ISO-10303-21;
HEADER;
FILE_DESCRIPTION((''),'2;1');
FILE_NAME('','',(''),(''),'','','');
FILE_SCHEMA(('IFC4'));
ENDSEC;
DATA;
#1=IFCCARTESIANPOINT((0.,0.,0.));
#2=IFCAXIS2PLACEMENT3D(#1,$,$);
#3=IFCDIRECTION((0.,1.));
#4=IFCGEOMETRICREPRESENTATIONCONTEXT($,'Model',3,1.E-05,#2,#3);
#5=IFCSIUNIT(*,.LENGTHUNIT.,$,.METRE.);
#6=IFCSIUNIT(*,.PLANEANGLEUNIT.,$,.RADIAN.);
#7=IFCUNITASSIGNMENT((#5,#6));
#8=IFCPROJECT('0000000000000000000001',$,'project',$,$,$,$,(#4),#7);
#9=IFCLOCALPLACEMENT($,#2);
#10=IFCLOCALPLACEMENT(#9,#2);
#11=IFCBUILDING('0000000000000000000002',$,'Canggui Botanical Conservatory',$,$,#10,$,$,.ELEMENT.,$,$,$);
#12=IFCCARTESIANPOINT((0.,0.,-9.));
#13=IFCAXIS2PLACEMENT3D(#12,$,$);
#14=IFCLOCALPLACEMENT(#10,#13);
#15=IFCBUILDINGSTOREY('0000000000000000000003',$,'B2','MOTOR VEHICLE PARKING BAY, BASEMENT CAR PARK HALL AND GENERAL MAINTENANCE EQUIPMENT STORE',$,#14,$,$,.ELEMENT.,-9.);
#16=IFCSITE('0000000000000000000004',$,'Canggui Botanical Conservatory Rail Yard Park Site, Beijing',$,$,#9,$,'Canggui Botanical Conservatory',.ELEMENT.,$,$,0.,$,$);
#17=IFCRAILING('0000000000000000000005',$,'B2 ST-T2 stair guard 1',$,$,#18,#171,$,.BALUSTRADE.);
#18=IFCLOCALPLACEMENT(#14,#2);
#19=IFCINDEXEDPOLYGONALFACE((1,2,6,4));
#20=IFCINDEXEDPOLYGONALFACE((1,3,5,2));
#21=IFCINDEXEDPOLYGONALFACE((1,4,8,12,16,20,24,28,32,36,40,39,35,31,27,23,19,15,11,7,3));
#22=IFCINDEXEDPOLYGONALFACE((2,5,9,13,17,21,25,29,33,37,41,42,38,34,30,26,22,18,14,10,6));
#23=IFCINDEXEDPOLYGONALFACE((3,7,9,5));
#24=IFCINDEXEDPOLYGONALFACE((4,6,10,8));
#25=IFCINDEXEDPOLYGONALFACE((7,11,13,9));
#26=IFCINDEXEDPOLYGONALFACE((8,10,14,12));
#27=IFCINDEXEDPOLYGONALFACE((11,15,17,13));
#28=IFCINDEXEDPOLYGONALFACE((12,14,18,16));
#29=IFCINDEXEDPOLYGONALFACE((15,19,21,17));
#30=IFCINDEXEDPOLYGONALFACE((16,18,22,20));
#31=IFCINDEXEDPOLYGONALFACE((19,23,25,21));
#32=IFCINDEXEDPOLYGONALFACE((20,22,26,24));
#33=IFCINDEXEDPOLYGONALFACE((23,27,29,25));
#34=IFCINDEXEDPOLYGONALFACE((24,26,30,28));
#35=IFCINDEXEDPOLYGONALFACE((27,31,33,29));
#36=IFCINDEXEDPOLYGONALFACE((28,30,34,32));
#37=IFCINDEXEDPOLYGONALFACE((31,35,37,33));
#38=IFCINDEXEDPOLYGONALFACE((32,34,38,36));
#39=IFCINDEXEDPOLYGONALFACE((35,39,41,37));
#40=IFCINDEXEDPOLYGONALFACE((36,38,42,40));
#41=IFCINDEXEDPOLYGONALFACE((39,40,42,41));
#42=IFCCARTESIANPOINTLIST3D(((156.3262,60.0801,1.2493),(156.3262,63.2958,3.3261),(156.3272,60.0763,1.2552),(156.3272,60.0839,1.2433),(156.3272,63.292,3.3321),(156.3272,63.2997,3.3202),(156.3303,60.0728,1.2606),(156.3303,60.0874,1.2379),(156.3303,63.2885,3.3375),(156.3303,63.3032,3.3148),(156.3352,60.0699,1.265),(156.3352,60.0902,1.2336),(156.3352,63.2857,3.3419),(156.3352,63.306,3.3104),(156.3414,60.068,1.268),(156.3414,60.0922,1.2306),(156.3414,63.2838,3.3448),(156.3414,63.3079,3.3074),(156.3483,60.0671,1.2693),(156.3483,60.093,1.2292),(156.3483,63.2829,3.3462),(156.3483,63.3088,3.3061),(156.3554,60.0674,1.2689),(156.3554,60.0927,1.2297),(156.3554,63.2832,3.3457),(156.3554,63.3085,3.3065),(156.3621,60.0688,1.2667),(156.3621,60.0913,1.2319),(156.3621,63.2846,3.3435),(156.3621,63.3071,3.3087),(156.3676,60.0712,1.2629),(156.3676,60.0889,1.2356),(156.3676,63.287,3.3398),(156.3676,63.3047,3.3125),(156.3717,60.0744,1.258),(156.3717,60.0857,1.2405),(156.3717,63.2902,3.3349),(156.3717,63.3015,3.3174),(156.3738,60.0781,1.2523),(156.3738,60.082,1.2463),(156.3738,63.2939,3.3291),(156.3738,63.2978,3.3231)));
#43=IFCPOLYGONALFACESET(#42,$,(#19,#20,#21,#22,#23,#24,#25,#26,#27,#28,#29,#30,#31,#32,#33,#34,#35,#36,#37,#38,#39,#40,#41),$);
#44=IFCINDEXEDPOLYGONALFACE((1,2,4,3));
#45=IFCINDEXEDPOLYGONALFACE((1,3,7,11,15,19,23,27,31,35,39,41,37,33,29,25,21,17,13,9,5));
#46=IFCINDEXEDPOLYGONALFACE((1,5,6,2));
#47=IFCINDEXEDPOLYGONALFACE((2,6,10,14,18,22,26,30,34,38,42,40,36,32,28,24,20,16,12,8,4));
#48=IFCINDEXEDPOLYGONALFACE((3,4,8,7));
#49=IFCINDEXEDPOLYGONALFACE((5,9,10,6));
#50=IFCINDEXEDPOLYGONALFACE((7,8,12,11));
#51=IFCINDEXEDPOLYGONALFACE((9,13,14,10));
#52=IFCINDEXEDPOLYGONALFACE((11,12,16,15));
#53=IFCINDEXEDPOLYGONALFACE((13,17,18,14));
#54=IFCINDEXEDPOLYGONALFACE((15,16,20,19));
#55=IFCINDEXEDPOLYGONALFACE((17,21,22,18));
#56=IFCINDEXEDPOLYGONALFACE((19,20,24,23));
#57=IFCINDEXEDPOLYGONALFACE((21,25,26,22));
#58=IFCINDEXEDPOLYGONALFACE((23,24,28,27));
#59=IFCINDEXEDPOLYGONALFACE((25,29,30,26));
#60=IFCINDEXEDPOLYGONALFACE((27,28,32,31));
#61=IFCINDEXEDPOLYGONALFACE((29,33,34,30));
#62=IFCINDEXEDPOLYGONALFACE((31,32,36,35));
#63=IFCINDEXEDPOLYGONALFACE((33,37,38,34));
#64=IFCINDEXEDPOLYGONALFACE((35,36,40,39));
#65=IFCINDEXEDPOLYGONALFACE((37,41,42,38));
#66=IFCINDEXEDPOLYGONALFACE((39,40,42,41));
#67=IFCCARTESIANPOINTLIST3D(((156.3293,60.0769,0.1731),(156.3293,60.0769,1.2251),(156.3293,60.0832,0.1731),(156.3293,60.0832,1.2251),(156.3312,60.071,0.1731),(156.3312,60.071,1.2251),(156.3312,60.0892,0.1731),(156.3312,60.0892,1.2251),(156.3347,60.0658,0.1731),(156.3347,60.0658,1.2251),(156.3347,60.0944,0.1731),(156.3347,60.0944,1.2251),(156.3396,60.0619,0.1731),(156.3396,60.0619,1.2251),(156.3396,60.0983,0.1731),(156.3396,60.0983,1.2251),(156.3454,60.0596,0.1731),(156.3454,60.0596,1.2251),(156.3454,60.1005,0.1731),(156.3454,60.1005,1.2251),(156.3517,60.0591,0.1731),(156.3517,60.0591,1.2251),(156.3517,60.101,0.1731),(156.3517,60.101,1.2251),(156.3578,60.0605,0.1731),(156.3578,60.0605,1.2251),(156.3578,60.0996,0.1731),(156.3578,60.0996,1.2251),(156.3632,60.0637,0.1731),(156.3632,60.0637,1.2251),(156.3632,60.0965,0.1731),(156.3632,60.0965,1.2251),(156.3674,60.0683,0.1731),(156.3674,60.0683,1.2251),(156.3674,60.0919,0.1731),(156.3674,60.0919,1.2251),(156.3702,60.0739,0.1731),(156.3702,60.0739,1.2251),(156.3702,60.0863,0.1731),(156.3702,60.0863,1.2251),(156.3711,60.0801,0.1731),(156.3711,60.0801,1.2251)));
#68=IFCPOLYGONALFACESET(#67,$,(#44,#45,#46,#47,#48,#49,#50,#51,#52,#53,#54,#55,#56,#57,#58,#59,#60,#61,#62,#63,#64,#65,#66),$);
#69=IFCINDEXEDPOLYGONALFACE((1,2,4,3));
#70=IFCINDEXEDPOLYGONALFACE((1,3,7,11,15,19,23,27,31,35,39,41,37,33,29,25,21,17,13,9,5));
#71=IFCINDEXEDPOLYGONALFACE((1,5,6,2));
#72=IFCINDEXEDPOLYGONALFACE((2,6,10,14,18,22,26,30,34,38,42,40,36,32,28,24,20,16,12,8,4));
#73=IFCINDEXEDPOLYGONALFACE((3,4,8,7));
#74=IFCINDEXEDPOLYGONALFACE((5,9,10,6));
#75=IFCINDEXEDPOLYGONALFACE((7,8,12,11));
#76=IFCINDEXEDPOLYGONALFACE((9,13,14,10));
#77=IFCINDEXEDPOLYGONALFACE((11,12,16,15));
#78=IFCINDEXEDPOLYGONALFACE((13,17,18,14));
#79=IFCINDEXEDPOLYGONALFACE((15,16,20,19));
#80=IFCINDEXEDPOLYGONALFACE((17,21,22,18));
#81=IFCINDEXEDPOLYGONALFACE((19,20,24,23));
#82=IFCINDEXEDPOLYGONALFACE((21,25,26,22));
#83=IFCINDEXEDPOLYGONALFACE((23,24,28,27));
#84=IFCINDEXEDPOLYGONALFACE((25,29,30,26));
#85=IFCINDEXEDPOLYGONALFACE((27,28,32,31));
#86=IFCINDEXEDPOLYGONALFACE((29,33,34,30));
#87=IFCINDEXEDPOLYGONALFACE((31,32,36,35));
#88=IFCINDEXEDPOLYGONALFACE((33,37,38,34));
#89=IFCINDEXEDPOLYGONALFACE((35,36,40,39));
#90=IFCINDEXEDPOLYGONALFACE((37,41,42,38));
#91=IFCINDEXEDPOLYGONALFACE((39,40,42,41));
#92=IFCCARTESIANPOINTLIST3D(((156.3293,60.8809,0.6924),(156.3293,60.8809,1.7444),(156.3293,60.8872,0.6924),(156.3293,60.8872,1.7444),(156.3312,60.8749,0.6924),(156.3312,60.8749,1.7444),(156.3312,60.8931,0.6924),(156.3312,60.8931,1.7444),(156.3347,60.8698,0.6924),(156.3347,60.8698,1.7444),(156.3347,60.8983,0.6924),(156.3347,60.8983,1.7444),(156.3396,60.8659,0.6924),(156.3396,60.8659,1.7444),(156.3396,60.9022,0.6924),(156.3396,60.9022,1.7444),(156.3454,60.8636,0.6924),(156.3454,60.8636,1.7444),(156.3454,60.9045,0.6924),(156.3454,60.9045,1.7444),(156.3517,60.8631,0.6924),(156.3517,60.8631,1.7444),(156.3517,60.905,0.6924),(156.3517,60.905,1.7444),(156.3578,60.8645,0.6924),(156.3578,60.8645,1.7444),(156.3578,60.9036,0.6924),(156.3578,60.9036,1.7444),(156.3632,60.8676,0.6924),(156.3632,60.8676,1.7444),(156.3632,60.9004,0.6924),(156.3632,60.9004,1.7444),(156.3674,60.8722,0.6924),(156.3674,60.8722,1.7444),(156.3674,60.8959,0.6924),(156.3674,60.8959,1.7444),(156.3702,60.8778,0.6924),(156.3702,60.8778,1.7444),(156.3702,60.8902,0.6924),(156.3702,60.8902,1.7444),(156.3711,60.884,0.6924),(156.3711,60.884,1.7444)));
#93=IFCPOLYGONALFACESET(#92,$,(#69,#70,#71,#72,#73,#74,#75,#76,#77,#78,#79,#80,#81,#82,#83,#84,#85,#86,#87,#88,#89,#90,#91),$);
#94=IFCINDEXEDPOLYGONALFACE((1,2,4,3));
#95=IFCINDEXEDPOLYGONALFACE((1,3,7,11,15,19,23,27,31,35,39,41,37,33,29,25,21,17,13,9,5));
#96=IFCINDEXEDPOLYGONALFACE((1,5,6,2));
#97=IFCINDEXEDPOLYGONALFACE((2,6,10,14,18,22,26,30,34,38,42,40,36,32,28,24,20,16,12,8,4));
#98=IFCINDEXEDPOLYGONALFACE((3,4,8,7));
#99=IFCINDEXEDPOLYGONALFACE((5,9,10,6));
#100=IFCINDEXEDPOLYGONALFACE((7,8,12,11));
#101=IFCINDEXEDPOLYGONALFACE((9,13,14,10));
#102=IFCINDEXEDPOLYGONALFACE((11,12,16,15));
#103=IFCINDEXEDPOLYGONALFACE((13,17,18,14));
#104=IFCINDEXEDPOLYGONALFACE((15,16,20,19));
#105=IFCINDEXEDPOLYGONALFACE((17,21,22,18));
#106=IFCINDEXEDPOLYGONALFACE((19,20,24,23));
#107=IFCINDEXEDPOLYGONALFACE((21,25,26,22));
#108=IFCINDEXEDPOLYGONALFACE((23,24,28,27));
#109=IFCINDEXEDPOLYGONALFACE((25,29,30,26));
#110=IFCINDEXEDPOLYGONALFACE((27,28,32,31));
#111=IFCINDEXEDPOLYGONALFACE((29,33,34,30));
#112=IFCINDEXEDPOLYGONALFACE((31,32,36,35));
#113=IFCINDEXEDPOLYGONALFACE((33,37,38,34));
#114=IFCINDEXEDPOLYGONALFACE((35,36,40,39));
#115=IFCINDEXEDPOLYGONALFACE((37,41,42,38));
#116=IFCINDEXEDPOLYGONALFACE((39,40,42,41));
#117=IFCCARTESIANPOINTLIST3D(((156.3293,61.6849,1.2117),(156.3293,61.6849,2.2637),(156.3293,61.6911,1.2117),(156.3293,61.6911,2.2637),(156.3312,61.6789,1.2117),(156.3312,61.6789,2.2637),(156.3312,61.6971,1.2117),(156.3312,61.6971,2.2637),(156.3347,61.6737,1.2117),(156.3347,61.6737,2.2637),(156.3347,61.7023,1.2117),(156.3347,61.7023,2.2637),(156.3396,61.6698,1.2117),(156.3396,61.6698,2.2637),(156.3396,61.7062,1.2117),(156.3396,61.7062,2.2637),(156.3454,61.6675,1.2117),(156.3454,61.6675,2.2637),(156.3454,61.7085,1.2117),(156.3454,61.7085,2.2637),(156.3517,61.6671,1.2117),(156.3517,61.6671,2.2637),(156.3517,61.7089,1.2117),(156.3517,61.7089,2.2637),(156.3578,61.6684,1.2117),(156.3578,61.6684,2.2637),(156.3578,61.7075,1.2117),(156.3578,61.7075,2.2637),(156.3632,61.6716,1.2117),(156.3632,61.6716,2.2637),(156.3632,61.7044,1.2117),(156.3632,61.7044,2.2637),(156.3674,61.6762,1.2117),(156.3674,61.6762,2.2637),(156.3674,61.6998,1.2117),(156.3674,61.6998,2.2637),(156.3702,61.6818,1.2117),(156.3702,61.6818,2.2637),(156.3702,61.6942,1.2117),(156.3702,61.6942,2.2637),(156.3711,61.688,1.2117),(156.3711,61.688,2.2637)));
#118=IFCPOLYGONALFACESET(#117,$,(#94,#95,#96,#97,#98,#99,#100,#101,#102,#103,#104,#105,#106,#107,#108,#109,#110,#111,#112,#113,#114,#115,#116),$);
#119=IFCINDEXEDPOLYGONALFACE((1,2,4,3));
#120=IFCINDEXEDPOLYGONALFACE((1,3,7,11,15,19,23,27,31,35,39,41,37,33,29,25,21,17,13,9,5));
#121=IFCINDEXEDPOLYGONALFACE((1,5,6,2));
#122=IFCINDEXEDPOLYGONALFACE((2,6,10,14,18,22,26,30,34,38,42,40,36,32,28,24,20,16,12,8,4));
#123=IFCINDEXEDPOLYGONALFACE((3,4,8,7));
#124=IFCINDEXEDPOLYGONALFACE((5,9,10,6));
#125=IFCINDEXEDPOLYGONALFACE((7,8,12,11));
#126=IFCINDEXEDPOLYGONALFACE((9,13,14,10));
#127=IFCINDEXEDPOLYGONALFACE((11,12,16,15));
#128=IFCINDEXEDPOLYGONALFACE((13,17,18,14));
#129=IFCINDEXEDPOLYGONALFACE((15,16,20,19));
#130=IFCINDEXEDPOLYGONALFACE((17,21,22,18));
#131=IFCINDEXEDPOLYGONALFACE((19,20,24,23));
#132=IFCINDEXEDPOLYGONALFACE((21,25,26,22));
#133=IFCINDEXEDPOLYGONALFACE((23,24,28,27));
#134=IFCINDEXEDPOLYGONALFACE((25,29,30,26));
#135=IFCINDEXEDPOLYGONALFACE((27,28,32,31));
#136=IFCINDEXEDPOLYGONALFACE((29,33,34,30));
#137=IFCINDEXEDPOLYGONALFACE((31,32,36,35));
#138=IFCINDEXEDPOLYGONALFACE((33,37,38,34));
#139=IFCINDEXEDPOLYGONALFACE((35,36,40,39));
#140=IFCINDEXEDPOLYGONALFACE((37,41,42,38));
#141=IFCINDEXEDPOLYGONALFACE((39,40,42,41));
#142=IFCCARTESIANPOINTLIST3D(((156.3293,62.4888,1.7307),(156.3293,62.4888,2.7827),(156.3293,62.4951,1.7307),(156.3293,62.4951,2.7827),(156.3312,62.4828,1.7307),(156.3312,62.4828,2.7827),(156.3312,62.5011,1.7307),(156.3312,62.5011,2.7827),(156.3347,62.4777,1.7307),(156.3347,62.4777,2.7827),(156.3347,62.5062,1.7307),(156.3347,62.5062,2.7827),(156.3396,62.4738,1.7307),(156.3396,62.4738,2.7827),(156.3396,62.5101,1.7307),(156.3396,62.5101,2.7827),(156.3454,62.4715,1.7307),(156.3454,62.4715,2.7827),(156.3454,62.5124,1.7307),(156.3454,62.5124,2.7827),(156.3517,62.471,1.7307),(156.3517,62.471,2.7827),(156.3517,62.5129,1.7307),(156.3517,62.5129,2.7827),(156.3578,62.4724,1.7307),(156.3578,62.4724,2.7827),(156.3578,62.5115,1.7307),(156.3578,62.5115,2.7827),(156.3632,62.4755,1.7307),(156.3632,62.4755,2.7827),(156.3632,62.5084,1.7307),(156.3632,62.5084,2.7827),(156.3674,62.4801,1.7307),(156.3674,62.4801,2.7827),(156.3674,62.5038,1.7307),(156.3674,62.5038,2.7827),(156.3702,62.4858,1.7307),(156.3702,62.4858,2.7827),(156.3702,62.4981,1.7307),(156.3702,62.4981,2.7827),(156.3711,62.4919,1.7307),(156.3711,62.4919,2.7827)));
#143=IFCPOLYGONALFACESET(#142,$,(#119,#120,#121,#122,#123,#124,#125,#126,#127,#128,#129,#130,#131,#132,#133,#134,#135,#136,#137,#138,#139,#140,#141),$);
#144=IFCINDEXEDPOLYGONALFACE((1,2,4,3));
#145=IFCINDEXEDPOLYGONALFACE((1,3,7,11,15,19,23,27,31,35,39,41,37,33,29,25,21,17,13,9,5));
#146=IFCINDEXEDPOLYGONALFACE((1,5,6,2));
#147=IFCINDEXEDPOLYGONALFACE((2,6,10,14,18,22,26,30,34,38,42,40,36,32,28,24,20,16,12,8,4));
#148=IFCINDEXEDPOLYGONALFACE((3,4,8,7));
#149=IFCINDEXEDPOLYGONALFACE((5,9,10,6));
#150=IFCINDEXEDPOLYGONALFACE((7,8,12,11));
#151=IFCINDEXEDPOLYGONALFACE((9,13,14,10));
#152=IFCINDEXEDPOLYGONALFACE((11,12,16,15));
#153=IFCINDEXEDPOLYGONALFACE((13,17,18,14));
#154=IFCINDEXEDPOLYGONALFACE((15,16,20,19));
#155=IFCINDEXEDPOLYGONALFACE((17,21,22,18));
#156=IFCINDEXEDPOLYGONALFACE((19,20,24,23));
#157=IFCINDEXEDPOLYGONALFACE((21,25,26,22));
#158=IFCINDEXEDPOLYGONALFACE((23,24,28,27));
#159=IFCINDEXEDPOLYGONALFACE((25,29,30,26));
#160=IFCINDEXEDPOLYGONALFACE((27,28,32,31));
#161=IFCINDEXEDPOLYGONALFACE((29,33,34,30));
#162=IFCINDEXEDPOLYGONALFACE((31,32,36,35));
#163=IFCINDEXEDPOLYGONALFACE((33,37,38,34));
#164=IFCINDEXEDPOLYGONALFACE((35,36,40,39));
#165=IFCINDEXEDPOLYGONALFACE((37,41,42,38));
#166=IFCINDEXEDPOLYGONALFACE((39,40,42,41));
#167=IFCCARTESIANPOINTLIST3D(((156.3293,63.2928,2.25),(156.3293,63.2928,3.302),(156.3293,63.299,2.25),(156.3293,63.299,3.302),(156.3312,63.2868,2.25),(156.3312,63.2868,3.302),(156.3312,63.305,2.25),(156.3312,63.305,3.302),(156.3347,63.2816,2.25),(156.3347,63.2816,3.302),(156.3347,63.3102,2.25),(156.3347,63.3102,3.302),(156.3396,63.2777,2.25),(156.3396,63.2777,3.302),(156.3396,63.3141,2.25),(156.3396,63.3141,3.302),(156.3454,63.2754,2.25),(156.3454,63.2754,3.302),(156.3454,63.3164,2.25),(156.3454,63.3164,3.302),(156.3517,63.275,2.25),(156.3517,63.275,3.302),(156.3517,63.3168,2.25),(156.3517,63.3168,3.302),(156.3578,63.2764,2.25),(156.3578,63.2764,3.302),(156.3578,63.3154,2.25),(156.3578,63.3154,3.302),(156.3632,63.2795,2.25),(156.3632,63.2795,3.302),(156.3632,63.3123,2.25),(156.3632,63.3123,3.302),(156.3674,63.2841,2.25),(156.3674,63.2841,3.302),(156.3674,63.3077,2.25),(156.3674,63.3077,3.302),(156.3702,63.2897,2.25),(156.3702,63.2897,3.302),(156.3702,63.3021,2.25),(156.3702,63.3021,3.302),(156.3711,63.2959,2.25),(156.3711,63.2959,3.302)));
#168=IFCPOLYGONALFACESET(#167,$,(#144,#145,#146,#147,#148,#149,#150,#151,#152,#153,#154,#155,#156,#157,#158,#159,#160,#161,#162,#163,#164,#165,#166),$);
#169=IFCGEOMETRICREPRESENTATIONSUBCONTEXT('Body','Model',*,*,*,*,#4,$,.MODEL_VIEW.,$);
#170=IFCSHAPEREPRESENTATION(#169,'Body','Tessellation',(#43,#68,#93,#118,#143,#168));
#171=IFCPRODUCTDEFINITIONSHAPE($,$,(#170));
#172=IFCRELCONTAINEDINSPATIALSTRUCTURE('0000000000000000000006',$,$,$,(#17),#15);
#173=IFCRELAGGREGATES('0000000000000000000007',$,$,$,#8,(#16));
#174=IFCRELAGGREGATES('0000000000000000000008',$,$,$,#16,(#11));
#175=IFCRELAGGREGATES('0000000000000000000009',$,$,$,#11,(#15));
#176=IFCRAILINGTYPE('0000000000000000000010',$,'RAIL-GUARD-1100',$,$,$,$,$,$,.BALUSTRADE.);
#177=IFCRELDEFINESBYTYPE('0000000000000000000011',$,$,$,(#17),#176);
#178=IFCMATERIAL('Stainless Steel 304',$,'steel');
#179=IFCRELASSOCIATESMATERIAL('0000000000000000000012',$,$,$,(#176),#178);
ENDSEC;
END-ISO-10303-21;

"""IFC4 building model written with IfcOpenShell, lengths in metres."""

from ifc_helpers import new_model, si_unit, direction, frame, origin, origin_2d, place, context, subcontext, project, spatial, circle, extrude, material, type_object, element, save


model = new_model("IFC4")

# Units and contexts
model_context = context("Model", 3, precision=1e-05, world=origin(), true_north=direction((0.0, 1.0)))
body_context = subcontext(model_context, "Body", "Model", "MODEL_VIEW")
ifc_project = project(units=[si_unit("LENGTHUNIT", "METRE"), si_unit("PLANEANGLEUNIT", "RADIAN")], contexts=[model_context])

# Site, building, storey
site_placement = place(None, origin())
site = spatial("IfcSite", under=ifc_project, at=site_placement, Name="Canggui Botanical Conservatory Rail Yard Park Site, Beijing", LongName="Canggui Botanical Conservatory", CompositionType="ELEMENT", RefElevation=0.0)
building_placement = place(site_placement, origin())
building = spatial("IfcBuilding", under=site, at=building_placement, Name="Canggui Botanical Conservatory", CompositionType="ELEMENT")
storey_placement = place(building_placement, frame((0.0, 0.0, -9.0)))
storey = spatial("IfcBuildingStorey", under=building, at=storey_placement, Name="B2", Description="MOTOR VEHICLE PARKING BAY, BASEMENT CAR PARK HALL AND GENERAL MAINTENANCE EQUIPMENT STORE", CompositionType="ELEMENT", Elevation=-9.0)

# Railing
ifc_material_1 = material(Name="Stainless Steel 304", Category="steel")
railing_type_1 = type_object("IfcRailingType", Name="RAIL-GUARD-1100", PredefinedType="BALUSTRADE", material=ifc_material_1)
railing_1_placement = place(storey_placement, frame((156.3501, 60.0801, 0.1731)))
element("IfcRailing", 1, at=railing_1_placement, inside=storey, type_object=railing_type_1, Name="B2 ST-T2 stair guard 1", PredefinedType="BALUSTRADE", context=body_context, shape_type="SweptSolid", body=[
    extrude(circle(Radius=0.0239, at=origin_2d()), frame((0.0, 0.0, 1.0762), z_axis=(0.0, 0.840037, 0.542529), x_axis=(-1.0, 0.0, 0.0)), (0.0, 0.0, 1.0), 3.8281),
    extrude(circle(Radius=0.021, at=origin_2d()), origin(), (0.0, 0.0, 1.0), 1.052),
    extrude(circle(Radius=0.021, at=origin_2d()), frame((0.0, 0.804, 0.5193)), (0.0, 0.0, 1.0), 1.052),
    extrude(circle(Radius=0.021, at=origin_2d()), frame((0.0, 1.6079, 1.0386)), (0.0, 0.0, 1.0), 1.052),
    extrude(circle(Radius=0.021, at=origin_2d()), frame((0.0, 2.4119, 1.5576)), (0.0, 0.0, 1.0), 1.052),
    extrude(circle(Radius=0.021, at=origin_2d()), frame((0.0, 3.2158, 2.0769)), (0.0, 0.0, 1.0), 1.052),
])

save(model, "model.ifc")
